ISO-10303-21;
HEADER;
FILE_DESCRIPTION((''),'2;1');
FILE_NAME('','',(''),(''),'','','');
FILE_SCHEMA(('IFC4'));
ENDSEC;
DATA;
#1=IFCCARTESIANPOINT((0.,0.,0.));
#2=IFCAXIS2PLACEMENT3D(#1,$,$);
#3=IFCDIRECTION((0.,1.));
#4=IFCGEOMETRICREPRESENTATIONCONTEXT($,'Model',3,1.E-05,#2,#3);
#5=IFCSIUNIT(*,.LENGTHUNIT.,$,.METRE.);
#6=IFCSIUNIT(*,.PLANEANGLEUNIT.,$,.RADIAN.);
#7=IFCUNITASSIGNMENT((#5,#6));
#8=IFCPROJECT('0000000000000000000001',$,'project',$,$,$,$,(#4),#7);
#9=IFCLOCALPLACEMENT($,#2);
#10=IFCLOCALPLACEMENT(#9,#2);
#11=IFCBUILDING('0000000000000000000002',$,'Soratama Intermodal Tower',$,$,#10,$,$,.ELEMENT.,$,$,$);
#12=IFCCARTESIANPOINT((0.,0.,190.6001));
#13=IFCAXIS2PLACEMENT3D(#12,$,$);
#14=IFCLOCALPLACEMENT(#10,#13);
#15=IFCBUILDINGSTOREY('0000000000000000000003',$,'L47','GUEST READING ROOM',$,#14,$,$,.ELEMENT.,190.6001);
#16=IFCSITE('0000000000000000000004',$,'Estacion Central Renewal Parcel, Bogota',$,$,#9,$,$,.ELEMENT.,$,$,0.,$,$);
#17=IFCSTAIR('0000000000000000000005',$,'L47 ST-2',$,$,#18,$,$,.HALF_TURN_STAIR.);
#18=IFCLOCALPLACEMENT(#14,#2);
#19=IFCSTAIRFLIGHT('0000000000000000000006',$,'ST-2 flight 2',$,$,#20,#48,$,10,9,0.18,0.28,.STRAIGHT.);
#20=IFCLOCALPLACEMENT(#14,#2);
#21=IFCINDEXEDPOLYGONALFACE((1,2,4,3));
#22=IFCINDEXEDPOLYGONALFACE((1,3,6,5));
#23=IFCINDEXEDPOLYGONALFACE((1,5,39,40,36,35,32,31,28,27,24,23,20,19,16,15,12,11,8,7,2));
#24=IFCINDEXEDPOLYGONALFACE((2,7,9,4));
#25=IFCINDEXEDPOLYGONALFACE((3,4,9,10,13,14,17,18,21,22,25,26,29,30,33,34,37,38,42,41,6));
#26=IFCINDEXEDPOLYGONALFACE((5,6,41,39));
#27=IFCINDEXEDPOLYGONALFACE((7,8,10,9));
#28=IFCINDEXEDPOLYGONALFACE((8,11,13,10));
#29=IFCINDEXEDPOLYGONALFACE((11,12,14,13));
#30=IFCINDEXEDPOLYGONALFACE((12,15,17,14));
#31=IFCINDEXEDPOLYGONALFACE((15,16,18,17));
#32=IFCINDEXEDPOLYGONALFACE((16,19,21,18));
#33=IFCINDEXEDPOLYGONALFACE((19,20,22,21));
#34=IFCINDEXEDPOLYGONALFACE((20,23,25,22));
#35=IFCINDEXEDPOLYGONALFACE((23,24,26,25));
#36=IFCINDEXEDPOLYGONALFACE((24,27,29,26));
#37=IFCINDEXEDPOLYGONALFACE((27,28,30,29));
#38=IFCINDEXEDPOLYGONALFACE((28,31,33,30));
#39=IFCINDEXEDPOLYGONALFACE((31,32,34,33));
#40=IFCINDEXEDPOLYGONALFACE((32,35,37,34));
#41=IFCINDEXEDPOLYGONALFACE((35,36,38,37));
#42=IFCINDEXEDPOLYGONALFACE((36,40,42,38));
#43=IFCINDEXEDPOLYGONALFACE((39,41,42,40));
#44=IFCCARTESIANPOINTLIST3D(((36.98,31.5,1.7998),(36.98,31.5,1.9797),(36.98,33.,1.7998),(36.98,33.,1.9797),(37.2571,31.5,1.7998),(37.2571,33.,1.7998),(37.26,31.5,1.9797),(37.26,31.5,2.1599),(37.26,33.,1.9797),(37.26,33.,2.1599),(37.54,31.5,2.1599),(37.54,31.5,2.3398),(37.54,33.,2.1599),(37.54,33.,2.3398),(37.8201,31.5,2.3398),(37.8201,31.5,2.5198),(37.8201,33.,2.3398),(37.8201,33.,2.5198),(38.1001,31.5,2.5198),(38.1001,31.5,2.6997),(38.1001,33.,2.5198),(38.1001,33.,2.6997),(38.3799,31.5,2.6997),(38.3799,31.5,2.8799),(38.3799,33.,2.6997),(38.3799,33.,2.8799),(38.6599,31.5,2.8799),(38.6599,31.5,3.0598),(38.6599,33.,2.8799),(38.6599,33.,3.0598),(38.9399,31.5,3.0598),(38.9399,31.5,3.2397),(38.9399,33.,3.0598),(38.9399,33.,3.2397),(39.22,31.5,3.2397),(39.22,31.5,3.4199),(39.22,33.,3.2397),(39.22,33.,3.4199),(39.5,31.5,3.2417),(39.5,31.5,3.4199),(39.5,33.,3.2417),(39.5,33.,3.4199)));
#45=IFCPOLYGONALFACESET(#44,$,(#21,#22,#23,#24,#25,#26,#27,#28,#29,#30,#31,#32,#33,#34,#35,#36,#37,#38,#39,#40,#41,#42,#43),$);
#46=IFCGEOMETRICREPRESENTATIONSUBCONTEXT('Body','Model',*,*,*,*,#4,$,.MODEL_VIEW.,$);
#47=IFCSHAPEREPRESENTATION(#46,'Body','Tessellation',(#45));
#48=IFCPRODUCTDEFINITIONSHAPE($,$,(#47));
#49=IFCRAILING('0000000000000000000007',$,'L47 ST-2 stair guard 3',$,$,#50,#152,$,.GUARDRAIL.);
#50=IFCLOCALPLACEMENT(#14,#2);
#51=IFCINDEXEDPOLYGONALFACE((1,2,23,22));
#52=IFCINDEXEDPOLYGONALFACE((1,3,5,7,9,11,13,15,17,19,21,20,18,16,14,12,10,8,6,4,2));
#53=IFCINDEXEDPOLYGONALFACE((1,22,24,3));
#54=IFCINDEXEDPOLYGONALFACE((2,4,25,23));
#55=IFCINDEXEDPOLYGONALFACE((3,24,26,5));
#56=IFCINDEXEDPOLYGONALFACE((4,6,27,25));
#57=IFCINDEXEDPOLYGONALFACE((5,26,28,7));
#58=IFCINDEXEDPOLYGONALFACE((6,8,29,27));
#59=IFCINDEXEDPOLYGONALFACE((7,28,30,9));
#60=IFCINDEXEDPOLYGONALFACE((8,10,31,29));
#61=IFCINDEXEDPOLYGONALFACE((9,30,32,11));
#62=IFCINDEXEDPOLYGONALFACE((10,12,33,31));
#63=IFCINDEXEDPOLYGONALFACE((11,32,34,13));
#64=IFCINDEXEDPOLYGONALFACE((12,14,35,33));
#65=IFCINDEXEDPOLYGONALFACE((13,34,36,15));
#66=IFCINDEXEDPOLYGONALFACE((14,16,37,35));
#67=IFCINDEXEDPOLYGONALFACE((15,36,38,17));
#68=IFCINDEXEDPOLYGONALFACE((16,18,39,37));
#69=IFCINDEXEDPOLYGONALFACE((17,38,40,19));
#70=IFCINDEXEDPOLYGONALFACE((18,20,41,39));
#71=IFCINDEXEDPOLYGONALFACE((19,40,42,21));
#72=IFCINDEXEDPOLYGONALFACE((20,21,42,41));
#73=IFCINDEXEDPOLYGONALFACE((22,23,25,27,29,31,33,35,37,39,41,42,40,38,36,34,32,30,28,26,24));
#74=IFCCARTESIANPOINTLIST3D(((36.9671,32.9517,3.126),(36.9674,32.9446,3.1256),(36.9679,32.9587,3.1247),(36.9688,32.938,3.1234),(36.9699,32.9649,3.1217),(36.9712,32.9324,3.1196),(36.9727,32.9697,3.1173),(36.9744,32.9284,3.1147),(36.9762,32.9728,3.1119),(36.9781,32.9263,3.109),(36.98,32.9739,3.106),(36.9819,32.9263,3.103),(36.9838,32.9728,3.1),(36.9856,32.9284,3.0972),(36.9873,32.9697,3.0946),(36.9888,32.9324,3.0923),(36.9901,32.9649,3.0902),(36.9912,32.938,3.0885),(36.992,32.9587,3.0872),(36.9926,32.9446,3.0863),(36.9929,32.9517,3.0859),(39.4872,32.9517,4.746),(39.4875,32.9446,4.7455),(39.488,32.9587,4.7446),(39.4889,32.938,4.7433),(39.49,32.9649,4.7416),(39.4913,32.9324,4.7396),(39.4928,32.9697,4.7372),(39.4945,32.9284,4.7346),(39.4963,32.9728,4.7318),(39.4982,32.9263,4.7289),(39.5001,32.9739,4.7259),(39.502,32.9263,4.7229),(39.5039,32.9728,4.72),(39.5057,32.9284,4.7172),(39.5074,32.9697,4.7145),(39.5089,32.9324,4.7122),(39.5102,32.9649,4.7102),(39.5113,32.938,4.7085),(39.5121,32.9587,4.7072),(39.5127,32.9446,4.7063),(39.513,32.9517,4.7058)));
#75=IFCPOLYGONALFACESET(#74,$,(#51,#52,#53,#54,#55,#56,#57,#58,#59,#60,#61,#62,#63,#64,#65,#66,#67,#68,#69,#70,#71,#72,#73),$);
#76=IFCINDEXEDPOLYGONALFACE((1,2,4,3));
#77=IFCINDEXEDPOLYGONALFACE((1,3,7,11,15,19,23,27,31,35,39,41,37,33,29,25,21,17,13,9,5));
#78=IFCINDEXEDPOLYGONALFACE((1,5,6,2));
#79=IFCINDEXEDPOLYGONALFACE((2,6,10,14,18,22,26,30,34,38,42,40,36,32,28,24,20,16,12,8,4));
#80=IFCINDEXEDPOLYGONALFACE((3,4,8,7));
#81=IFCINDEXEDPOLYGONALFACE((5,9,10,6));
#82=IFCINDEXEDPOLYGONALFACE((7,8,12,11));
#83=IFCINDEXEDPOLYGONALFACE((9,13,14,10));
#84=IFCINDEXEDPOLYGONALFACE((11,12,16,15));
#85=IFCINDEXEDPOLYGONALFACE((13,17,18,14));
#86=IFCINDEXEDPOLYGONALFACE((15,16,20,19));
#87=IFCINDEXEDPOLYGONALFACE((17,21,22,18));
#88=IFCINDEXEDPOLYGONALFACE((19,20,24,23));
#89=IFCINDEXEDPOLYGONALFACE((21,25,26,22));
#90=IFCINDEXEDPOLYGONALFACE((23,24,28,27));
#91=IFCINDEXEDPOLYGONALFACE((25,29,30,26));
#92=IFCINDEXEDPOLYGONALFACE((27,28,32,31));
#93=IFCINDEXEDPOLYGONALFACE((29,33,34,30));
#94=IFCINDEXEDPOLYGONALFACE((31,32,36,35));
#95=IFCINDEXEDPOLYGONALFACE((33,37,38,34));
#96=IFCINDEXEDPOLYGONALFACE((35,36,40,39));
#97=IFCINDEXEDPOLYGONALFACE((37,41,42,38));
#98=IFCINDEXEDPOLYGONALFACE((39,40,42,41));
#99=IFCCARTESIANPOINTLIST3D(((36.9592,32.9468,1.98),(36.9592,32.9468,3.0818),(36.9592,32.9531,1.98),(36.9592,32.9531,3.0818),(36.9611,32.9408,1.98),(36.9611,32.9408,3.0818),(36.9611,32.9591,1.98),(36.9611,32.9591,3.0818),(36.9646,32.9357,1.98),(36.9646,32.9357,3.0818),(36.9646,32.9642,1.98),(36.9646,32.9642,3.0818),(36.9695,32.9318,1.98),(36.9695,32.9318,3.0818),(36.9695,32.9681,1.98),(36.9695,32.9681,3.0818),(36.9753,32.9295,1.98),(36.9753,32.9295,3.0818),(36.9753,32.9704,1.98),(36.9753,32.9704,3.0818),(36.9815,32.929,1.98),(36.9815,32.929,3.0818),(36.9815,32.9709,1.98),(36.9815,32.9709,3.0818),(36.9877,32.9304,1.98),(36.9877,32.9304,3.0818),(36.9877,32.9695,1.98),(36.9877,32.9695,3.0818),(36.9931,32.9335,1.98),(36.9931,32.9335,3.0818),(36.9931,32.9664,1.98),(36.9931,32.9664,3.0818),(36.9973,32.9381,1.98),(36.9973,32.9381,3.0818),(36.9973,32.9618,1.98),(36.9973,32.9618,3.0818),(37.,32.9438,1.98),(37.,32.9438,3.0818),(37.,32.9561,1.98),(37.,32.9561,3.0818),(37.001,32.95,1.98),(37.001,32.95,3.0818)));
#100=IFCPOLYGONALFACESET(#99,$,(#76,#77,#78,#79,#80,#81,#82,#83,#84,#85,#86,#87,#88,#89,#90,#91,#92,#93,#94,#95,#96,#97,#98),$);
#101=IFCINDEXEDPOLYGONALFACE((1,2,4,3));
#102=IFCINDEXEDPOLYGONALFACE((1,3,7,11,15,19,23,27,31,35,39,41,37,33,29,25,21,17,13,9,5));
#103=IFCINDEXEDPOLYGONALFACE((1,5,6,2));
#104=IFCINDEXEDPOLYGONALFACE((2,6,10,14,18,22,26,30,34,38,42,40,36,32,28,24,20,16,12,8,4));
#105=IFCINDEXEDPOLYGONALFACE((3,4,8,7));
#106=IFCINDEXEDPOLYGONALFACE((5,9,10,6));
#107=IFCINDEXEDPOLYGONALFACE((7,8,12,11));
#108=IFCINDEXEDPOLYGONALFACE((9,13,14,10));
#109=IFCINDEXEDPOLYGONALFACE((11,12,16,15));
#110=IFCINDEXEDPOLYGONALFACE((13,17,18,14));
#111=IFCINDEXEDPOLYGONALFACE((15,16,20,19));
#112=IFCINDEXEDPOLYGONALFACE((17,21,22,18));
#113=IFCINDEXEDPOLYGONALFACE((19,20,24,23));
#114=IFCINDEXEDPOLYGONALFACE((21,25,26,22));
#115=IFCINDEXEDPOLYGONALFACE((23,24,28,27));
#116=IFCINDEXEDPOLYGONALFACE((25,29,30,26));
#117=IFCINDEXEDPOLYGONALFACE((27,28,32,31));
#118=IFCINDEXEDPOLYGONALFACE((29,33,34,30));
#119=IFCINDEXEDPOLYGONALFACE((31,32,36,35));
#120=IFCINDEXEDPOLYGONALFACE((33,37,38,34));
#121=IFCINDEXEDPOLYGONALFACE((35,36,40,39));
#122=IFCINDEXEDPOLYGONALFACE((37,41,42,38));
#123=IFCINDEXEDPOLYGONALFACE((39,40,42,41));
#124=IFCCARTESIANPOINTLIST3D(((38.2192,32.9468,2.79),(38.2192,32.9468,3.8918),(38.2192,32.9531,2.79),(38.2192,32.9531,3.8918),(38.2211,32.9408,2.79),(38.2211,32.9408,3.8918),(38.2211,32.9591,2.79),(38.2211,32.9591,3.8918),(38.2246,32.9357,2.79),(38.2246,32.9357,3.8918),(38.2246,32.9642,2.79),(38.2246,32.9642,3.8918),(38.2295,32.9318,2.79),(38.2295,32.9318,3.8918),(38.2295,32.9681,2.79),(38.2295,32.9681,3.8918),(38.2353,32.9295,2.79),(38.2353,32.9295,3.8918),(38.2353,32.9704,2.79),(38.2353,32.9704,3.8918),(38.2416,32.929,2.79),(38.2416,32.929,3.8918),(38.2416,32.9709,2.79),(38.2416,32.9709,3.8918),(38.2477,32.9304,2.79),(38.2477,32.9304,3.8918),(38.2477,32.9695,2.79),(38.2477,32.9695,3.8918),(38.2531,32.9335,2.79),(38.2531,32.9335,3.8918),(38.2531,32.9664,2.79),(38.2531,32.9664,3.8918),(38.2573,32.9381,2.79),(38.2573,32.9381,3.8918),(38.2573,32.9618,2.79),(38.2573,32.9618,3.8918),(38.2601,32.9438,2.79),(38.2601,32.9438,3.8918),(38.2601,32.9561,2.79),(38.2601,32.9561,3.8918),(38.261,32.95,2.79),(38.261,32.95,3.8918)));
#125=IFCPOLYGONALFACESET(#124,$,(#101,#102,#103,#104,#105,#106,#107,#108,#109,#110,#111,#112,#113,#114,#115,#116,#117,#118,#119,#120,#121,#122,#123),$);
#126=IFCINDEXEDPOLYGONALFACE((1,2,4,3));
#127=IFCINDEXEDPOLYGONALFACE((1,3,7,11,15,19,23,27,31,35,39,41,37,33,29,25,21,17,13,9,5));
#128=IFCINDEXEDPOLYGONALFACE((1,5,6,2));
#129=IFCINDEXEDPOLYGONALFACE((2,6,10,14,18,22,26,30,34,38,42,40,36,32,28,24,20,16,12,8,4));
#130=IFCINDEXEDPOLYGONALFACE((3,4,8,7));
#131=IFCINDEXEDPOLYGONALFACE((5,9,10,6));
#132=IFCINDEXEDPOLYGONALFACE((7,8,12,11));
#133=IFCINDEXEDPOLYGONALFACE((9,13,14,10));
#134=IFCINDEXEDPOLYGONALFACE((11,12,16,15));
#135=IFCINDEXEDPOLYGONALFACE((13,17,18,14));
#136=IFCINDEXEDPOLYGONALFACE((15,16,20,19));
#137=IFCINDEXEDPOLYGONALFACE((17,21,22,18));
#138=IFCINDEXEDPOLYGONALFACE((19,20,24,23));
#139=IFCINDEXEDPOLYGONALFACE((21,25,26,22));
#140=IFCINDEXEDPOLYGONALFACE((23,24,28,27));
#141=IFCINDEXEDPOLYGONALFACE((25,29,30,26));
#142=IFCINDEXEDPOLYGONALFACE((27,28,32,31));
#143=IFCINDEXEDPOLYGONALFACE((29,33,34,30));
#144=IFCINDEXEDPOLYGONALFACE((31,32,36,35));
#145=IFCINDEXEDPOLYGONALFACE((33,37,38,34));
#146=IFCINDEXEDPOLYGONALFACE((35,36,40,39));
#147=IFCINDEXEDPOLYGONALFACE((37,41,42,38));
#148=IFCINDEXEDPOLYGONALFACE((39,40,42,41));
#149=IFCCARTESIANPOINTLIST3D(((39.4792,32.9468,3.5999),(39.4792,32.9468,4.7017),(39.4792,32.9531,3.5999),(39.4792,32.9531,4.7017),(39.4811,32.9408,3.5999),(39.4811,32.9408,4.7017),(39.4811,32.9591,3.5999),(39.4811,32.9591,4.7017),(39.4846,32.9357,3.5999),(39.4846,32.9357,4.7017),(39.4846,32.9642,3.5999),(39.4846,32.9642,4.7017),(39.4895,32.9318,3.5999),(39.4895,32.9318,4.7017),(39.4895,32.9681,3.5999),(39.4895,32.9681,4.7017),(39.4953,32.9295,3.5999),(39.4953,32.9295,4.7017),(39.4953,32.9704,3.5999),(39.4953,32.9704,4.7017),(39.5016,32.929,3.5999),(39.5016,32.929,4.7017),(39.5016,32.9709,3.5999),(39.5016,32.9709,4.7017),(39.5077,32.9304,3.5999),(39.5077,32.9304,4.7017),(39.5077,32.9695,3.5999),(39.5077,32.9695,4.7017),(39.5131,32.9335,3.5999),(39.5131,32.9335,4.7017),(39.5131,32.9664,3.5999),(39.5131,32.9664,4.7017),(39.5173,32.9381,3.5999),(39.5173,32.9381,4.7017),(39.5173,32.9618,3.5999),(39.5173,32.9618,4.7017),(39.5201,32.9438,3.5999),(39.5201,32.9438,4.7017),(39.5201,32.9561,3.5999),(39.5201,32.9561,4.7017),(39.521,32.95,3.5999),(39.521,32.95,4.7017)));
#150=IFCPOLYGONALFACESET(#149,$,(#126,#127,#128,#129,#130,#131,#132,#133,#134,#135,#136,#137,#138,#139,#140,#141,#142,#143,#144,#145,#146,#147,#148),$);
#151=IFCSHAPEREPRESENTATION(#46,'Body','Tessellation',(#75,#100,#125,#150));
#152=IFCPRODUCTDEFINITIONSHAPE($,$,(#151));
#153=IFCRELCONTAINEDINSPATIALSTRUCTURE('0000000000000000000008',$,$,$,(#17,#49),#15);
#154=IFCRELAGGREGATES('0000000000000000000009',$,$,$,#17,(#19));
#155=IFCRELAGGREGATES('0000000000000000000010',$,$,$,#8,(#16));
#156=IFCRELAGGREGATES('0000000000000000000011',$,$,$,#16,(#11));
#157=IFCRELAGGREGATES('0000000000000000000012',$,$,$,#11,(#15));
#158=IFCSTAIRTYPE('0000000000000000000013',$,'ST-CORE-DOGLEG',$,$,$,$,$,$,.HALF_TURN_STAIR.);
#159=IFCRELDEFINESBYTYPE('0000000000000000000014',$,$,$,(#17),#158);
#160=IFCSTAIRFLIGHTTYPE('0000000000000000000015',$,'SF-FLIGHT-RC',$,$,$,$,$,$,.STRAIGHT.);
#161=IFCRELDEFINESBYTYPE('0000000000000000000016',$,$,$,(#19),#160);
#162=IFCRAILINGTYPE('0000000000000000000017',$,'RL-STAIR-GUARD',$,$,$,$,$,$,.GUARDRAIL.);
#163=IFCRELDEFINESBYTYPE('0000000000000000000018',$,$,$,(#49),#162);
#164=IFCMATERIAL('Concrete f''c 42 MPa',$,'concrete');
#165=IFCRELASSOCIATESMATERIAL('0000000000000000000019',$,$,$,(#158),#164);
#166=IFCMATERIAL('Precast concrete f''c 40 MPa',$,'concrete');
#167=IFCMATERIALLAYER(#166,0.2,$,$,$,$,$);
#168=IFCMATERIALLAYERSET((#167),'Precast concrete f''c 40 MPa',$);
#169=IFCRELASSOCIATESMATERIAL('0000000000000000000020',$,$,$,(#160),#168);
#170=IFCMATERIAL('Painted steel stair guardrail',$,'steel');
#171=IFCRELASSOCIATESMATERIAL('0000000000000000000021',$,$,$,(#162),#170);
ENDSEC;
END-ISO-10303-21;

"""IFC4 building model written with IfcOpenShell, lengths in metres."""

from ifc_helpers import new_model, si_unit, direction, frame, origin, origin_2d, place, context, subcontext, project, spatial, polyline, circle, outline, extrude, material, layer, layer_set, type_object, element, aggregate, save


model = new_model("IFC4")

# Units and contexts
model_context = context("Model", 3, precision=1e-05, world=origin(), true_north=direction((0.0, 1.0)))
body_context = subcontext(model_context, "Body", "Model", "MODEL_VIEW")
ifc_project = project(units=[si_unit("LENGTHUNIT", "METRE"), si_unit("PLANEANGLEUNIT", "RADIAN")], contexts=[model_context])

# Site, building, storey
site_placement = place(None, origin())
site = spatial("IfcSite", under=ifc_project, at=site_placement, Name="Estacion Central Renewal Parcel, Bogota", CompositionType="ELEMENT", RefElevation=0.0)
building_placement = place(site_placement, origin())
building = spatial("IfcBuilding", under=site, at=building_placement, Name="Soratama Intermodal Tower", CompositionType="ELEMENT")
storey_placement = place(building_placement, frame((0.0, 0.0, 190.6001)))
storey = spatial("IfcBuildingStorey", under=building, at=storey_placement, Name="L47", Description="GUEST READING ROOM", CompositionType="ELEMENT", Elevation=190.6001)

# Stair, stair flight
ifc_material_1 = material(Name="Concrete f'c 42 MPa", Category="concrete")
stair_type = type_object("IfcStairType", Name="ST-CORE-DOGLEG", PredefinedType="HALF_TURN_STAIR", material=ifc_material_1)
stair_placement = place(storey_placement, origin())
stair = element("IfcStair", 1, at=stair_placement, inside=storey, type_object=stair_type, Name="L47 ST-2", PredefinedType="HALF_TURN_STAIR")
ifc_material_2 = material(Name="Precast concrete f'c 40 MPa", Category="concrete")
ifc_layer_1 = layer(ifc_material_2, 0.2)
ifc_layer_set_1 = layer_set([ifc_layer_1], Name="Precast concrete f'c 40 MPa")
stair_flight_type = type_object("IfcStairFlightType", Name="SF-FLIGHT-RC", PredefinedType="STRAIGHT", material=ifc_layer_set_1)
stair_flight_placement = place(storey_placement, frame((36.98, 32.25, 1.7998), z_axis=(0.0, 0.0, 1.0), x_axis=(1.0, 0.0, 0.0)))
stair_flight = element("IfcStairFlight", 2, at=stair_flight_placement, type_object=stair_flight_type, Name="ST-2 flight 2", NumberOfRisers=10, NumberOfTreads=9, PredefinedType="STRAIGHT", RiserHeight=0.18, TreadLength=0.28, context=body_context, shape_type="SweptSolid", body=[
    extrude(outline(polyline([(0.0, 0.0), (0.0, 0.1799), (0.28, 0.1799), (0.28, 0.3601), (0.5601, 0.3601), (0.5601, 0.54), (0.8401, 0.54), (0.8401, 0.72), (1.1201, 0.72), (1.1201, 0.8999), (1.3999, 0.8999), (1.3999, 1.0801), (1.6799, 1.0801), (1.6799, 1.26), (1.96, 1.26), (1.96, 1.4399), (2.24, 1.4399), (2.24, 1.6201), (2.52, 1.6201), (2.52, 1.8), (2.52, 1.4419), (0.2771, 0.0), (0.0, 0.0)])), frame((0.0, 0.75, 0.0), z_axis=(0.0, -1.0, 0.0), x_axis=(1.0, 0.0, 0.0)), (0.0, 0.0, 1.0), 1.5),
])
aggregate(stair, [stair_flight])

# Railing
ifc_material_3 = material(Name="Painted steel stair guardrail", Category="steel")
railing_type_1 = type_object("IfcRailingType", Name="RL-STAIR-GUARD", PredefinedType="GUARDRAIL", material=ifc_material_3)
railing_1_placement = place(storey_placement, frame((36.98, 32.95, 1.98)))
element("IfcRailing", 3, at=railing_1_placement, inside=storey, type_object=railing_type_1, Name="L47 ST-2 stair guard 3", PredefinedType="GUARDRAIL", context=body_context, shape_type="SweptSolid", body=[
    extrude(circle(Radius=0.0239, at=origin_2d()), frame((0.0, 0.0, 1.126), z_axis=(0.8412, 0.0, 0.540725), x_axis=(0.0, 1.0, 0.0)), (0.0, 0.0, 1.0), 2.9958),
    extrude(circle(Radius=0.021, at=origin_2d()), origin(), (0.0, 0.0, 1.0), 1.1018),
    extrude(circle(Radius=0.021, at=origin_2d()), frame((1.26, 0.0, 0.8101)), (0.0, 0.0, 1.0), 1.1018),
    extrude(circle(Radius=0.021, at=origin_2d()), frame((2.52, 0.0, 1.6199)), (0.0, 0.0, 1.0), 1.1018),
])

save(model, "model.ifc")
